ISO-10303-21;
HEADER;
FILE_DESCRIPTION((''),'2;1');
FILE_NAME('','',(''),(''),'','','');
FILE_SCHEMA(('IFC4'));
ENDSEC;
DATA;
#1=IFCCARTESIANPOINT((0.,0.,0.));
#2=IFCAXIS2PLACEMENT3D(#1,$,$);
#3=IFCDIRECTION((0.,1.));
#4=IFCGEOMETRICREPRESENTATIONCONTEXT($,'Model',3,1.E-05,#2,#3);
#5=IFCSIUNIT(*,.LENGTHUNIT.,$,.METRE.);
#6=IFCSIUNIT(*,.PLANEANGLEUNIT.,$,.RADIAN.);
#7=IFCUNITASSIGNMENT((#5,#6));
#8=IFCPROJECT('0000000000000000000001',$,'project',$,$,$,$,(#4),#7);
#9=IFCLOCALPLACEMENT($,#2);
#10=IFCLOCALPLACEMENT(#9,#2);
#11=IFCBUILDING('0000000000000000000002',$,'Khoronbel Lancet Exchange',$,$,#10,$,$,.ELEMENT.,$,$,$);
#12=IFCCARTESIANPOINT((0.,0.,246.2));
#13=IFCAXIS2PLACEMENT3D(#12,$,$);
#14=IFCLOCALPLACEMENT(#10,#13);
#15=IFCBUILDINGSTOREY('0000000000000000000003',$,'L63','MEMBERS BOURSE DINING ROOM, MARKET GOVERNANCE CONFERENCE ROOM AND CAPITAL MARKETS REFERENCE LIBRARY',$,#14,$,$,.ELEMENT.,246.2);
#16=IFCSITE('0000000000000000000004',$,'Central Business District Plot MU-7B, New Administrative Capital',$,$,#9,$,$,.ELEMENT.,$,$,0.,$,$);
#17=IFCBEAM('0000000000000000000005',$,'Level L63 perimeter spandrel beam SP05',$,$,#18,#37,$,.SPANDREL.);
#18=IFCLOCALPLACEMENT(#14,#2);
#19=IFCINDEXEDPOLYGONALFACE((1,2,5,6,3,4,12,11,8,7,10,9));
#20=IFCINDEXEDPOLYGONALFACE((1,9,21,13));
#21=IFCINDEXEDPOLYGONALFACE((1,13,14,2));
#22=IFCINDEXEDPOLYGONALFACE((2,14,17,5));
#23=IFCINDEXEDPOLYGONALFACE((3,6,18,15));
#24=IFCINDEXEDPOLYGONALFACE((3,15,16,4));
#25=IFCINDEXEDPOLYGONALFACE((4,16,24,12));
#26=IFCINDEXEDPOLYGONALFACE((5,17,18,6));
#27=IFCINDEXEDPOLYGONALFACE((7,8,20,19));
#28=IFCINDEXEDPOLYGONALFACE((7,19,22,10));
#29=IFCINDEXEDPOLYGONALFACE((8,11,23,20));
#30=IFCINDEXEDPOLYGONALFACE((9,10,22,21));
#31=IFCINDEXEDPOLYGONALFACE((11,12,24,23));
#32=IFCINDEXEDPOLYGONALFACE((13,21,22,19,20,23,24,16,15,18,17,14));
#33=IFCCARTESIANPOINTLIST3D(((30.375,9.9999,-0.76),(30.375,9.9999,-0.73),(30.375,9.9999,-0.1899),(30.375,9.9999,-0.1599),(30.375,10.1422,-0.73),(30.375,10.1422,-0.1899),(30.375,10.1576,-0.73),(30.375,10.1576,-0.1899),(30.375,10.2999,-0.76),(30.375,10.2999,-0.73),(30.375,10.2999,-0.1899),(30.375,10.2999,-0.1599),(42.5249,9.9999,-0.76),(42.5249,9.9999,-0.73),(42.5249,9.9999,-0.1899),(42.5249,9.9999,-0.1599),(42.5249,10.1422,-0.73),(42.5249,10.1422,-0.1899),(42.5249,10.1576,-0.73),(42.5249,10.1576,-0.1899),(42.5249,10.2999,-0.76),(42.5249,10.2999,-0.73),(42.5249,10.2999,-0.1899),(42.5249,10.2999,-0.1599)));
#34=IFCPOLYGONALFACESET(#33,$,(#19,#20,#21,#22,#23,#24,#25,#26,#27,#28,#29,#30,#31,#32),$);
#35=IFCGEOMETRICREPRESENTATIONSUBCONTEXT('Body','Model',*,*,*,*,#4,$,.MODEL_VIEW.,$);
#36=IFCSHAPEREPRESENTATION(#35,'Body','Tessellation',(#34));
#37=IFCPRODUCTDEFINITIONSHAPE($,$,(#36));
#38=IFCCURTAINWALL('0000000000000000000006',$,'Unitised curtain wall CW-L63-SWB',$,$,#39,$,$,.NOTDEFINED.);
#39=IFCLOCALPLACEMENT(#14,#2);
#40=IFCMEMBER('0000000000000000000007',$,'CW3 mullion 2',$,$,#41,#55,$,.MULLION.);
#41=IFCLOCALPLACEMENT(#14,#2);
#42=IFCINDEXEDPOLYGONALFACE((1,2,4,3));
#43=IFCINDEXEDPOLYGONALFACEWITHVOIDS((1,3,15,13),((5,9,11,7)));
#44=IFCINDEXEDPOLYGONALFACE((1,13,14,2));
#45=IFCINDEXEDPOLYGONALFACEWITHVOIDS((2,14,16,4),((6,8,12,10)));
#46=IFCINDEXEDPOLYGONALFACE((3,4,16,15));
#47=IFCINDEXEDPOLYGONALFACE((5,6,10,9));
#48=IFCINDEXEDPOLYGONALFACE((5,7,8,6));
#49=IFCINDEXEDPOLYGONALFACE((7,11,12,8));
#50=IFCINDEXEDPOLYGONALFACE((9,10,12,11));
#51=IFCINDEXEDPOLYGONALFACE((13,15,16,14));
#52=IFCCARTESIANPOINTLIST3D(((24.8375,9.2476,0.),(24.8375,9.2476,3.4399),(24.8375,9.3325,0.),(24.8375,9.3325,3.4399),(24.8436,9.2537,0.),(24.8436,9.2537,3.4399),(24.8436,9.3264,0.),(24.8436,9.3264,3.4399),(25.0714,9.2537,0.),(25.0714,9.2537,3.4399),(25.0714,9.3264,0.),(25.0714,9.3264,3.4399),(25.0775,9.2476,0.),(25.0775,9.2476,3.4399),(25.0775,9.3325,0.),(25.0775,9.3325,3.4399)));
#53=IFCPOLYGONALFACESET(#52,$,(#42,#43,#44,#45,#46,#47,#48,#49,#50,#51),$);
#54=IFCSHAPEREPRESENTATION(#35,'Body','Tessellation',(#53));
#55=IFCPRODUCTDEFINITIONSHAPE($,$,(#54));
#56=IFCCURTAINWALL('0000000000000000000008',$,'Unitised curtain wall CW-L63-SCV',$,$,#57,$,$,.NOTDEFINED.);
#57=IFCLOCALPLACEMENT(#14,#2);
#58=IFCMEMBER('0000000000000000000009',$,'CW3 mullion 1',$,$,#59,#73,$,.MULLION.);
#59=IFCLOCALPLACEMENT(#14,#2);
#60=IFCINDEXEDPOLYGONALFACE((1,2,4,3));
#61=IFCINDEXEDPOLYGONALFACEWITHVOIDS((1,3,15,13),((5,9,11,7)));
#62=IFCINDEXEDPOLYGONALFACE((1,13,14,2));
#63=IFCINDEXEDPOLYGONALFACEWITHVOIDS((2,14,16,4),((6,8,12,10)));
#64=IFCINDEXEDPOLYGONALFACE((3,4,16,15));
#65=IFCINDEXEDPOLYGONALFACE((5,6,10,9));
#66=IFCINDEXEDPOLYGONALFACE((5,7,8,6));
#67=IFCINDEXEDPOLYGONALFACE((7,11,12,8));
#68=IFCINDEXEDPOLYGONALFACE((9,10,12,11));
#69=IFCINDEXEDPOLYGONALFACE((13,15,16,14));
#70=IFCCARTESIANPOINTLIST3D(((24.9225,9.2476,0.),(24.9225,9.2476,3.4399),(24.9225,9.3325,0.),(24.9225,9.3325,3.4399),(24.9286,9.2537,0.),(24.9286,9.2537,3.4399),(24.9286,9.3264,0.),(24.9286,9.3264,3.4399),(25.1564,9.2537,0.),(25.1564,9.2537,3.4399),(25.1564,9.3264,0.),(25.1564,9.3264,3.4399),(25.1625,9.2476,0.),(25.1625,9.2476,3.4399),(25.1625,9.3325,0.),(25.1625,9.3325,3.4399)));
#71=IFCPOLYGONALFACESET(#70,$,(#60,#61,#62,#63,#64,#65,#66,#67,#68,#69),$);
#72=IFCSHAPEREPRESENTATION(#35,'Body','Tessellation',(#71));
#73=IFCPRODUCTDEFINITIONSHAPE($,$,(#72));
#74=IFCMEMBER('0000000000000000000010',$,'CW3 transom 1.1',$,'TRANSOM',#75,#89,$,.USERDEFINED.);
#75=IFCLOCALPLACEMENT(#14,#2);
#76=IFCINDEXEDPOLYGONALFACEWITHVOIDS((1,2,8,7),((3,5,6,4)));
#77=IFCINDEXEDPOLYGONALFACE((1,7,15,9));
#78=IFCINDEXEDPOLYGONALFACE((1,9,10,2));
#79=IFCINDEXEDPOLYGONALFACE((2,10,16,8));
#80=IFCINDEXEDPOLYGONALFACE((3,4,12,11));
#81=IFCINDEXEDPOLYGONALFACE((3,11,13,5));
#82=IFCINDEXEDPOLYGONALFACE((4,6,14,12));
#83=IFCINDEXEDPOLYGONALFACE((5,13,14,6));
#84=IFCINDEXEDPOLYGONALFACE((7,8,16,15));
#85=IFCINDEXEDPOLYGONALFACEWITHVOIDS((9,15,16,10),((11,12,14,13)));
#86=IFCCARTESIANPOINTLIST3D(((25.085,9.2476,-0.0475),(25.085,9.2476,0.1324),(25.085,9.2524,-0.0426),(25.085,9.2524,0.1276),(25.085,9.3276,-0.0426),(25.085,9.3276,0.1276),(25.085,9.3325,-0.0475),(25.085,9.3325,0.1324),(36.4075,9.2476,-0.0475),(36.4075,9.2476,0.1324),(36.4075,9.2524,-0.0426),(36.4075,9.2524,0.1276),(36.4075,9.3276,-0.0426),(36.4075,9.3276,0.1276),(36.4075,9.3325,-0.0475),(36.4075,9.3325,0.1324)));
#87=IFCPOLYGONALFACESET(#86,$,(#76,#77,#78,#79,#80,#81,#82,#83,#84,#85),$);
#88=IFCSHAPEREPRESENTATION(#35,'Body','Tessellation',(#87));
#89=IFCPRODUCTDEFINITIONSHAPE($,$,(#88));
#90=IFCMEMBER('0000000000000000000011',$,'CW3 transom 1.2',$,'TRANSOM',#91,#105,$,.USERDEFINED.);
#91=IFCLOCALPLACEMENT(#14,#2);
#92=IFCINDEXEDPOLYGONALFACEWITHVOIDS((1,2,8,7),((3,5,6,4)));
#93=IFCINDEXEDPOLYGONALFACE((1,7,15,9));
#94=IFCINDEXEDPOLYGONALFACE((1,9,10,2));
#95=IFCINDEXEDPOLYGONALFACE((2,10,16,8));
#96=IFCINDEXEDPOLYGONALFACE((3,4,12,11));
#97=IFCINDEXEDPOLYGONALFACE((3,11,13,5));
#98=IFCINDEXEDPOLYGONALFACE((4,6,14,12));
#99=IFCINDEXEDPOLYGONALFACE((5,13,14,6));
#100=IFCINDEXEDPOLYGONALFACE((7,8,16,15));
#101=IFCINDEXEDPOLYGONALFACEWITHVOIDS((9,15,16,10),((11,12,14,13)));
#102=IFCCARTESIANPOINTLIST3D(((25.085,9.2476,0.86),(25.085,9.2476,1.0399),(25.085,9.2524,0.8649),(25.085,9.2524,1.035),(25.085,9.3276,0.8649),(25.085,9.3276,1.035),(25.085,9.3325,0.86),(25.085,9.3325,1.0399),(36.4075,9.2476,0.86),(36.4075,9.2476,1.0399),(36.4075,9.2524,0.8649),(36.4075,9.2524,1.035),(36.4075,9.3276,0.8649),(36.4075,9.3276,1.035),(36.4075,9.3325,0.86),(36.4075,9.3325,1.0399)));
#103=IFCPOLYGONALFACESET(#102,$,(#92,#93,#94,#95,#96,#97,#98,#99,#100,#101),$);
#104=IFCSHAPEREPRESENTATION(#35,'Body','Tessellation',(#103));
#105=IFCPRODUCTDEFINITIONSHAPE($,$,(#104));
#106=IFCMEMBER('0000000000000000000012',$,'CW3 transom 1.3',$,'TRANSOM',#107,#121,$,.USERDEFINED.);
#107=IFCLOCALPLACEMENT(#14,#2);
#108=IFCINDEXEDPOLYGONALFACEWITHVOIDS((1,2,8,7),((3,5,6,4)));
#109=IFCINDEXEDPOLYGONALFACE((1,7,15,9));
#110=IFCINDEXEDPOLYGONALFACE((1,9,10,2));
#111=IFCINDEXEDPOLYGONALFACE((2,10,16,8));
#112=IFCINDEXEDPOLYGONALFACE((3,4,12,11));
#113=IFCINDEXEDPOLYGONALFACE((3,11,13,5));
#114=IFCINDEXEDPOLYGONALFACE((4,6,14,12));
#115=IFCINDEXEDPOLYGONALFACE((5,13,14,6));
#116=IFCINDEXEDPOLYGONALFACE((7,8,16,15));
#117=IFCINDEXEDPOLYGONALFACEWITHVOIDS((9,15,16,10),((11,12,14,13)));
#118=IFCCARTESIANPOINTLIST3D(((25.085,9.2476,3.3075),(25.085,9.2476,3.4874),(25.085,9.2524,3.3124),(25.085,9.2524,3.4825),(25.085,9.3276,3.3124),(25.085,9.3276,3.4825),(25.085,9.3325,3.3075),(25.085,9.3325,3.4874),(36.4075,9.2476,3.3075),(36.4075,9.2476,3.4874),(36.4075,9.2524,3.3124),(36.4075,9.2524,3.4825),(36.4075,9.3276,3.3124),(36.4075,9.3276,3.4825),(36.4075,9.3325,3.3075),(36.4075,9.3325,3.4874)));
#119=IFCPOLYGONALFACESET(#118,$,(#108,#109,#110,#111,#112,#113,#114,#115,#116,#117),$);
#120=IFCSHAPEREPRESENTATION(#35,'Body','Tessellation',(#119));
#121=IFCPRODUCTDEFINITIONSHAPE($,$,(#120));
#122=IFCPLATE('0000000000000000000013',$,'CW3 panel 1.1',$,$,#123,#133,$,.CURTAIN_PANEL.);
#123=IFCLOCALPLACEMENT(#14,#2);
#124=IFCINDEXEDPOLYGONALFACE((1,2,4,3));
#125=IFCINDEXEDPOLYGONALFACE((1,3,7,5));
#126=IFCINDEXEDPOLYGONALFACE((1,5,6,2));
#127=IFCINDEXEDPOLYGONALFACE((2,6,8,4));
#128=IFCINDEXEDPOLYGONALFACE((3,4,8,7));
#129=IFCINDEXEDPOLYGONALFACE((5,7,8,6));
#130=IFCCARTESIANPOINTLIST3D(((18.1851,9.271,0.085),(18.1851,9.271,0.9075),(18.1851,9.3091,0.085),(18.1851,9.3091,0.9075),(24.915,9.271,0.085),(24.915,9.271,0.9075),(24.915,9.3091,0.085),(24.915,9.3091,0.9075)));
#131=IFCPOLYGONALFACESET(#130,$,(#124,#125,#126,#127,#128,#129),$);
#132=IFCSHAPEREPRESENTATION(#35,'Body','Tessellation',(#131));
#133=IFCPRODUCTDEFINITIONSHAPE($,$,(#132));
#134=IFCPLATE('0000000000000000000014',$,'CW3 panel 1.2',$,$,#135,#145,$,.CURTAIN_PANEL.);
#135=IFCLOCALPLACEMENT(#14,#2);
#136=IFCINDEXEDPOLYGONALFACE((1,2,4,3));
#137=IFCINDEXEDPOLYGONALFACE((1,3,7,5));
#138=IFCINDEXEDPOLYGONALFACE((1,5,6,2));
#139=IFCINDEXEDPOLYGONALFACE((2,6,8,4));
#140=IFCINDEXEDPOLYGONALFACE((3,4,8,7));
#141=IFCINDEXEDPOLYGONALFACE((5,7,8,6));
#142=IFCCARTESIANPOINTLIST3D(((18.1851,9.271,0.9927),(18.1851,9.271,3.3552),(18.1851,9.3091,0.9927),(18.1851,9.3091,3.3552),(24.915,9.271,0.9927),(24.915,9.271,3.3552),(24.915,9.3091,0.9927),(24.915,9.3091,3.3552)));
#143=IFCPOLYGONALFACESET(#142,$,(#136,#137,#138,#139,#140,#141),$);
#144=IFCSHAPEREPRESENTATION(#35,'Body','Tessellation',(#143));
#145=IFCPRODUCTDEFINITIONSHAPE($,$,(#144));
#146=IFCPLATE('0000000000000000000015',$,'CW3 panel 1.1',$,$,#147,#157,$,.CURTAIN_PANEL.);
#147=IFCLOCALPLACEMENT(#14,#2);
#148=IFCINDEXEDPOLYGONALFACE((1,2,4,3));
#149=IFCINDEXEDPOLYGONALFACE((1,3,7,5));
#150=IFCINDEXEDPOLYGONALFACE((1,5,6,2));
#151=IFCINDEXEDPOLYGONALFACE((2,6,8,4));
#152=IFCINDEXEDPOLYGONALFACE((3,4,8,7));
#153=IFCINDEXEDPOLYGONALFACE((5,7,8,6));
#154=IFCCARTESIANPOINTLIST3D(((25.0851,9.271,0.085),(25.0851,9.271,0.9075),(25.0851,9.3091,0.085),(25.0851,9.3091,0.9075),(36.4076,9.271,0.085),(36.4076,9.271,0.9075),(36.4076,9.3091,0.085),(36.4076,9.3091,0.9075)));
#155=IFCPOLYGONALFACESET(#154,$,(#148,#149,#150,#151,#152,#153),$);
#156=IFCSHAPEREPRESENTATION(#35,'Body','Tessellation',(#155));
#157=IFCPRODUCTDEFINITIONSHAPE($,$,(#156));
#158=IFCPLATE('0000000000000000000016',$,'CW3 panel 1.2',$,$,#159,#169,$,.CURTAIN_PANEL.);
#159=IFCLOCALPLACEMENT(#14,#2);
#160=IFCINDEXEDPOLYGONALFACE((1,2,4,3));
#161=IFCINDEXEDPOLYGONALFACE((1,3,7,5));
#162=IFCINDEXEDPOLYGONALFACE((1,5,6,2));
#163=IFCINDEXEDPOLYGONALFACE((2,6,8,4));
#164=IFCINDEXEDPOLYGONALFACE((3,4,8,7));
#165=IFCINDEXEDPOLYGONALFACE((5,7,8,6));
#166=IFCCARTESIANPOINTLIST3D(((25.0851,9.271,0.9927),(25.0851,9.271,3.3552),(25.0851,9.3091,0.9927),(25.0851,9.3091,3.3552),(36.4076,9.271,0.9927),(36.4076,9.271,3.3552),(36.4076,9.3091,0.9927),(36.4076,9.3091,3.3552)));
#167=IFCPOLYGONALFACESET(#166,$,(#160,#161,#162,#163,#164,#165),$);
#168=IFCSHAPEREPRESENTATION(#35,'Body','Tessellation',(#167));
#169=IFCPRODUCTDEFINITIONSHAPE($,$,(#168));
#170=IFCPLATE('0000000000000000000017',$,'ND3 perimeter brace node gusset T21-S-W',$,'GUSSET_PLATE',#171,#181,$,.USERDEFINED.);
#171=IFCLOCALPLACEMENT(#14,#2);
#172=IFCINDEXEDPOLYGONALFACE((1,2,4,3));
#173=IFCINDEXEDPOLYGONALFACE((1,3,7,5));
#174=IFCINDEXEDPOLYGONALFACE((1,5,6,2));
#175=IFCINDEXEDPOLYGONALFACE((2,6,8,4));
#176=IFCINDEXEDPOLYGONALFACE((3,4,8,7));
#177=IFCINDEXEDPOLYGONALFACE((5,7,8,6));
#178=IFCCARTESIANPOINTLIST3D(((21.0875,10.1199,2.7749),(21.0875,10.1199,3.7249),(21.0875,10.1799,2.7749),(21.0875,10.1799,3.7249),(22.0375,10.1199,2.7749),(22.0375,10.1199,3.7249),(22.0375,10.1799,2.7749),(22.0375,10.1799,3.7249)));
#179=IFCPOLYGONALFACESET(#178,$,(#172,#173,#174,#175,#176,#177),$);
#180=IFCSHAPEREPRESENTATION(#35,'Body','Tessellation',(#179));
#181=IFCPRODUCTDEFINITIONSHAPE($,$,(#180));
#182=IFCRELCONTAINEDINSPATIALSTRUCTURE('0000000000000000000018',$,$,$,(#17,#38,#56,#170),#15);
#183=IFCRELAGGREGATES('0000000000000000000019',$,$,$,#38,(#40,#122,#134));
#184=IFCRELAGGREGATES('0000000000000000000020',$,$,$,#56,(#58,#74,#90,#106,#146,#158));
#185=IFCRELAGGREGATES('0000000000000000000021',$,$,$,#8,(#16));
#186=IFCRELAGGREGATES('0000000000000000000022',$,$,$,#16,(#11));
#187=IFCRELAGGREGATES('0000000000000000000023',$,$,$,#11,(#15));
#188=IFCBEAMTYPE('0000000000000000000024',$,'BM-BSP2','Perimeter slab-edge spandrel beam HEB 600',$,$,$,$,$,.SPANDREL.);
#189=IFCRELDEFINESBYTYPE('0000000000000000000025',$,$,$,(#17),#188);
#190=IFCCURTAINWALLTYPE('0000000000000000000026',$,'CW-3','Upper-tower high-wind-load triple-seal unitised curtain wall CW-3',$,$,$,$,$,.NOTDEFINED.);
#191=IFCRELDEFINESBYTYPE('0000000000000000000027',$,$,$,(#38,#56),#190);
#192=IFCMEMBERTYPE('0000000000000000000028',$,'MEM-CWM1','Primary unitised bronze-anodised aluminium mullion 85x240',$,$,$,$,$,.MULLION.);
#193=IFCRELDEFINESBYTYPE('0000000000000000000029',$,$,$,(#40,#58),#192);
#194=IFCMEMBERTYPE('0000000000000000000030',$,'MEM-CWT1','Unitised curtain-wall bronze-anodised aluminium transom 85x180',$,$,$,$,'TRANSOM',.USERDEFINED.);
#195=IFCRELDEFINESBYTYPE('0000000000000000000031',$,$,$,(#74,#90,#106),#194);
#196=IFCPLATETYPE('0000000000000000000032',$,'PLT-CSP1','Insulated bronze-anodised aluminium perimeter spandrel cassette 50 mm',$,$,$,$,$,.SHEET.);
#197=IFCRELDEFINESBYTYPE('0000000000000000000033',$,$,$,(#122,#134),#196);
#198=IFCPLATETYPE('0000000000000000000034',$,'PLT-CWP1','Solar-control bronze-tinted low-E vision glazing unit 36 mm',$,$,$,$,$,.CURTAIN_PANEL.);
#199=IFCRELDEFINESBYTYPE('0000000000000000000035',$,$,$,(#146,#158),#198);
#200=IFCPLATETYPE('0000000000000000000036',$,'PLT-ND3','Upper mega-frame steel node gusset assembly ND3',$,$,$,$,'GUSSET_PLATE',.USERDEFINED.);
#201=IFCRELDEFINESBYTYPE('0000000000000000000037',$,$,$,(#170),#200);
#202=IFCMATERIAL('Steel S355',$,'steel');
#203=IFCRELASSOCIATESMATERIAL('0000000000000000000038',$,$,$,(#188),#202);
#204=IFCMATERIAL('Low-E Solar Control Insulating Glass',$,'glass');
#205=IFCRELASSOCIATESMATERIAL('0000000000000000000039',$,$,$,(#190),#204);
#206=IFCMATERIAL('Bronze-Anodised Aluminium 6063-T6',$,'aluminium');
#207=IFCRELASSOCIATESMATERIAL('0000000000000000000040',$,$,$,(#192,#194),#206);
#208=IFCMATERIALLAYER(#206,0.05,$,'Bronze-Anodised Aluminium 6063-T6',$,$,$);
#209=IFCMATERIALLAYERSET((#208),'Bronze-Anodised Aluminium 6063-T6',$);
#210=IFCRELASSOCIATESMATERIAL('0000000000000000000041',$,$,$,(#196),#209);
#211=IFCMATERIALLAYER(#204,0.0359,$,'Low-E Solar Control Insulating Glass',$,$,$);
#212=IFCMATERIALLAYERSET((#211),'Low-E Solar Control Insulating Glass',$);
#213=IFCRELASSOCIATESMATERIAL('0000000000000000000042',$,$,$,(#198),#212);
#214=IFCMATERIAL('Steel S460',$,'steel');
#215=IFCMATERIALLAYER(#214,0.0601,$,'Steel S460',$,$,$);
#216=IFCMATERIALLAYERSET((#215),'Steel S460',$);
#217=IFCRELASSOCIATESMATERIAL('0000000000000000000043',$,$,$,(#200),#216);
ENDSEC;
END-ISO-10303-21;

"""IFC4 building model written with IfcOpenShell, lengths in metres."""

from ifc_helpers import new_model, si_unit, direction, frame, origin, origin_2d, place, context, subcontext, project, spatial, rectangle, hollow_rectangle, i_section, extrude, material, layer, layer_set, material_profile, profile_set, type_object, element, aggregate, save


model = new_model("IFC4")

# Units and contexts
model_context = context("Model", 3, precision=1e-05, world=origin(), true_north=direction((0.0, 1.0)))
body_context = subcontext(model_context, "Body", "Model", "MODEL_VIEW")
ifc_project = project(units=[si_unit("LENGTHUNIT", "METRE"), si_unit("PLANEANGLEUNIT", "RADIAN")], contexts=[model_context])

# Site, building, storey
site_placement = place(None, origin())
site = spatial("IfcSite", under=ifc_project, at=site_placement, Name="Central Business District Plot MU-7B, New Administrative Capital", CompositionType="ELEMENT", RefElevation=0.0)
building_placement = place(site_placement, origin())
building = spatial("IfcBuilding", under=site, at=building_placement, Name="Khoronbel Lancet Exchange", CompositionType="ELEMENT")
storey_placement = place(building_placement, frame((0.0, 0.0, 246.2)))
storey = spatial("IfcBuildingStorey", under=building, at=storey_placement, Name="L63", Description="MEMBERS BOURSE DINING ROOM, MARKET GOVERNANCE CONFERENCE ROOM AND CAPITAL MARKETS REFERENCE LIBRARY", CompositionType="ELEMENT", Elevation=246.2)

# Shared definitions
ifc_material_1 = material(Name="Steel S460", Category="steel")

# Beam
ifc_material_2 = material(Name="Steel S355", Category="steel")
ifc_material_profile_1 = material_profile(ifc_material_2, i_section(OverallWidth=0.3, OverallDepth=0.6001, WebThickness=0.0154, FlangeThickness=0.03, at=origin_2d()), Name="HEB 600")
ifc_profile_set_1 = profile_set([ifc_material_profile_1], Name="Steel S355")
beam_type_1 = type_object("IfcBeamType", Name="BM-BSP2", Description="Perimeter slab-edge spandrel beam HEB 600", PredefinedType="SPANDREL", material=ifc_profile_set_1)
beam_1_placement = place(storey_placement, frame((30.375, 10.1499, -0.46), z_axis=(1.0, 0.0, 0.0), x_axis=(0.0, 1.0, 0.0)))
element("IfcBeam", 1, at=beam_1_placement, inside=storey, type_object=beam_type_1, Name="Level L63 perimeter spandrel beam SP05", PredefinedType="SPANDREL", context=body_context, shape_type="SweptSolid", body=[
    extrude(i_section(OverallWidth=0.3, OverallDepth=0.6001, WebThickness=0.0154, FlangeThickness=0.03, at=origin_2d()), origin(), (0.0, 0.0, 1.0), 12.1499),
])

# Curtain wall, member
ifc_material_3 = material(Name="Low-E Solar Control Insulating Glass", Category="glass")
curtain_wall_type = type_object("IfcCurtainWallType", Name="CW-3", Description="Upper-tower high-wind-load triple-seal unitised curtain wall CW-3", PredefinedType="NOTDEFINED", material=ifc_material_3)
curtain_wall_1_placement = place(storey_placement, origin())
curtain_wall_1 = element("IfcCurtainWall", 2, at=curtain_wall_1_placement, inside=storey, type_object=curtain_wall_type, Name="Unitised curtain wall CW-L63-SWB", PredefinedType="NOTDEFINED")
ifc_material_4 = material(Name="Bronze-Anodised Aluminium 6063-T6", Category="aluminium")
ifc_material_profile_2 = material_profile(ifc_material_4, hollow_rectangle(XDim=0.085, YDim=0.24, WallThickness=0.0061, at=origin_2d()), Name="ALU MULLION 85x240")
ifc_profile_set_2 = profile_set([ifc_material_profile_2], Name="Bronze-Anodised Aluminium 6063-T6")
member_type_1 = type_object("IfcMemberType", Name="MEM-CWM1", Description="Primary unitised bronze-anodised aluminium mullion 85x240", PredefinedType="MULLION", material=ifc_profile_set_2)
member_1_placement = place(storey_placement, frame((24.9575, 9.29, 0.0), z_axis=(0.0, 0.0, 1.0), x_axis=(0.0, 1.0, 0.0)))
member_1 = element("IfcMember", 3, at=member_1_placement, type_object=member_type_1, Name="CW3 mullion 2", PredefinedType="MULLION", context=body_context, shape_type="SweptSolid", body=[
    extrude(hollow_rectangle(XDim=0.085, YDim=0.24, WallThickness=0.0061, at=origin_2d()), origin(), (0.0, 0.0, 1.0), 3.4399),
])

# Curtain wall, members
curtain_wall_2_placement = place(storey_placement, origin())
curtain_wall_2 = element("IfcCurtainWall", 4, at=curtain_wall_2_placement, inside=storey, type_object=curtain_wall_type, Name="Unitised curtain wall CW-L63-SCV", PredefinedType="NOTDEFINED")
member_2_placement = place(storey_placement, frame((25.0425, 9.29, 0.0), z_axis=(0.0, 0.0, 1.0), x_axis=(0.0, 1.0, 0.0)))
member_2 = element("IfcMember", 5, at=member_2_placement, type_object=member_type_1, Name="CW3 mullion 1", PredefinedType="MULLION", context=body_context, shape_type="SweptSolid", body=[
    extrude(hollow_rectangle(XDim=0.085, YDim=0.24, WallThickness=0.0061, at=origin_2d()), origin(), (0.0, 0.0, 1.0), 3.4399),
])
ifc_material_profile_3 = material_profile(ifc_material_4, hollow_rectangle(XDim=0.085, YDim=0.1799, WallThickness=0.0049, at=origin_2d()), Name="ALU TRANSOM 85x180")
ifc_profile_set_3 = profile_set([ifc_material_profile_3], Name="Bronze-Anodised Aluminium 6063-T6")
member_type_2 = type_object("IfcMemberType", Name="MEM-CWT1", Description="Unitised curtain-wall bronze-anodised aluminium transom 85x180", ElementType="TRANSOM", PredefinedType="USERDEFINED", material=ifc_profile_set_3)
member_3_placement = place(storey_placement, frame((25.085, 9.29, 0.0425), z_axis=(1.0, 0.0, 0.0), x_axis=(0.0, 1.0, 0.0)))
member_3 = element("IfcMember", 6, at=member_3_placement, type_object=member_type_2, Name="CW3 transom 1.1", ObjectType="TRANSOM", PredefinedType="USERDEFINED", context=body_context, shape_type="SweptSolid", body=[
    extrude(hollow_rectangle(XDim=0.085, YDim=0.1799, WallThickness=0.0049, at=origin_2d()), origin(), (0.0, 0.0, 1.0), 11.3225),
])
member_4_placement = place(storey_placement, frame((25.085, 9.29, 0.95), z_axis=(1.0, 0.0, 0.0), x_axis=(0.0, 1.0, 0.0)))
member_4 = element("IfcMember", 7, at=member_4_placement, type_object=member_type_2, Name="CW3 transom 1.2", ObjectType="TRANSOM", PredefinedType="USERDEFINED", context=body_context, shape_type="SweptSolid", body=[
    extrude(hollow_rectangle(XDim=0.085, YDim=0.1799, WallThickness=0.0049, at=origin_2d()), origin(), (0.0, 0.0, 1.0), 11.3225),
])
member_5_placement = place(storey_placement, frame((25.085, 9.29, 3.3975), z_axis=(1.0, 0.0, 0.0), x_axis=(0.0, 1.0, 0.0)))
member_5 = element("IfcMember", 8, at=member_5_placement, type_object=member_type_2, Name="CW3 transom 1.3", ObjectType="TRANSOM", PredefinedType="USERDEFINED", context=body_context, shape_type="SweptSolid", body=[
    extrude(hollow_rectangle(XDim=0.085, YDim=0.1799, WallThickness=0.0049, at=origin_2d()), origin(), (0.0, 0.0, 1.0), 11.3225),
])

# Plates
ifc_layer_1 = layer(ifc_material_4, 0.05, Name="Bronze-Anodised Aluminium 6063-T6")
ifc_layer_set_1 = layer_set([ifc_layer_1], Name="Bronze-Anodised Aluminium 6063-T6")
plate_type_1 = type_object("IfcPlateType", Name="PLT-CSP1", Description="Insulated bronze-anodised aluminium perimeter spandrel cassette 50 mm", PredefinedType="SHEET", material=ifc_layer_set_1)
plate_1_placement = place(storey_placement, frame((21.55, 9.29, 0.085), z_axis=(0.0, 0.0, 1.0), x_axis=(1.0, 0.0, 0.0)))
plate_1 = element("IfcPlate", 9, at=plate_1_placement, type_object=plate_type_1, Name="CW3 panel 1.1", PredefinedType="CURTAIN_PANEL", context=body_context, shape_type="SweptSolid", body=[
    extrude(rectangle(XDim=6.73, YDim=0.0381, at=origin_2d()), origin(), (0.0, 0.0, 1.0), 0.8225),
])
plate_2_placement = place(storey_placement, frame((21.55, 9.29, 0.9927), z_axis=(0.0, 0.0, 1.0), x_axis=(1.0, 0.0, 0.0)))
plate_2 = element("IfcPlate", 10, at=plate_2_placement, type_object=plate_type_1, Name="CW3 panel 1.2", PredefinedType="CURTAIN_PANEL", context=body_context, shape_type="SweptSolid", body=[
    extrude(rectangle(XDim=6.73, YDim=0.0381, at=origin_2d()), origin(), (0.0, 0.0, 1.0), 2.3625),
])
aggregate(curtain_wall_1, [member_1, plate_1, plate_2])
ifc_layer_2 = layer(ifc_material_3, 0.0359, Name="Low-E Solar Control Insulating Glass")
ifc_layer_set_2 = layer_set([ifc_layer_2], Name="Low-E Solar Control Insulating Glass")
plate_type_2 = type_object("IfcPlateType", Name="PLT-CWP1", Description="Solar-control bronze-tinted low-E vision glazing unit 36 mm", PredefinedType="CURTAIN_PANEL", material=ifc_layer_set_2)
plate_3_placement = place(storey_placement, frame((30.7463, 9.29, 0.085), z_axis=(0.0, 0.0, 1.0), x_axis=(1.0, 0.0, 0.0)))
plate_3 = element("IfcPlate", 11, at=plate_3_placement, type_object=plate_type_2, Name="CW3 panel 1.1", PredefinedType="CURTAIN_PANEL", context=body_context, shape_type="SweptSolid", body=[
    extrude(rectangle(XDim=11.3225, YDim=0.0381, at=origin_2d()), origin(), (0.0, 0.0, 1.0), 0.8225),
])
plate_4_placement = place(storey_placement, frame((30.7463, 9.29, 0.9927), z_axis=(0.0, 0.0, 1.0), x_axis=(1.0, 0.0, 0.0)))
plate_4 = element("IfcPlate", 12, at=plate_4_placement, type_object=plate_type_2, Name="CW3 panel 1.2", PredefinedType="CURTAIN_PANEL", context=body_context, shape_type="SweptSolid", body=[
    extrude(rectangle(XDim=11.3225, YDim=0.0381, at=origin_2d()), origin(), (0.0, 0.0, 1.0), 2.3625),
])
aggregate(curtain_wall_2, [member_2, member_3, member_4, member_5, plate_3, plate_4])
ifc_layer_3 = layer(ifc_material_1, 0.0601, Name="Steel S460")
ifc_layer_set_3 = layer_set([ifc_layer_3], Name="Steel S460")
plate_type_3 = type_object("IfcPlateType", Name="PLT-ND3", Description="Upper mega-frame steel node gusset assembly ND3", ElementType="GUSSET_PLATE", PredefinedType="USERDEFINED", material=ifc_layer_set_3)
plate_5_placement = place(storey_placement, frame((21.5625, 10.1499, 2.7749), z_axis=(0.0, 0.0, 1.0), x_axis=(1.0, 0.0, 0.0)))
element("IfcPlate", 13, at=plate_5_placement, inside=storey, type_object=plate_type_3, Name="ND3 perimeter brace node gusset T21-S-W", ObjectType="GUSSET_PLATE", PredefinedType="USERDEFINED", context=body_context, shape_type="SweptSolid", body=[
    extrude(rectangle(XDim=0.95, YDim=0.0601, at=origin_2d()), origin(), (0.0, 0.0, 1.0), 0.95),
])

save(model, "model.ifc")
